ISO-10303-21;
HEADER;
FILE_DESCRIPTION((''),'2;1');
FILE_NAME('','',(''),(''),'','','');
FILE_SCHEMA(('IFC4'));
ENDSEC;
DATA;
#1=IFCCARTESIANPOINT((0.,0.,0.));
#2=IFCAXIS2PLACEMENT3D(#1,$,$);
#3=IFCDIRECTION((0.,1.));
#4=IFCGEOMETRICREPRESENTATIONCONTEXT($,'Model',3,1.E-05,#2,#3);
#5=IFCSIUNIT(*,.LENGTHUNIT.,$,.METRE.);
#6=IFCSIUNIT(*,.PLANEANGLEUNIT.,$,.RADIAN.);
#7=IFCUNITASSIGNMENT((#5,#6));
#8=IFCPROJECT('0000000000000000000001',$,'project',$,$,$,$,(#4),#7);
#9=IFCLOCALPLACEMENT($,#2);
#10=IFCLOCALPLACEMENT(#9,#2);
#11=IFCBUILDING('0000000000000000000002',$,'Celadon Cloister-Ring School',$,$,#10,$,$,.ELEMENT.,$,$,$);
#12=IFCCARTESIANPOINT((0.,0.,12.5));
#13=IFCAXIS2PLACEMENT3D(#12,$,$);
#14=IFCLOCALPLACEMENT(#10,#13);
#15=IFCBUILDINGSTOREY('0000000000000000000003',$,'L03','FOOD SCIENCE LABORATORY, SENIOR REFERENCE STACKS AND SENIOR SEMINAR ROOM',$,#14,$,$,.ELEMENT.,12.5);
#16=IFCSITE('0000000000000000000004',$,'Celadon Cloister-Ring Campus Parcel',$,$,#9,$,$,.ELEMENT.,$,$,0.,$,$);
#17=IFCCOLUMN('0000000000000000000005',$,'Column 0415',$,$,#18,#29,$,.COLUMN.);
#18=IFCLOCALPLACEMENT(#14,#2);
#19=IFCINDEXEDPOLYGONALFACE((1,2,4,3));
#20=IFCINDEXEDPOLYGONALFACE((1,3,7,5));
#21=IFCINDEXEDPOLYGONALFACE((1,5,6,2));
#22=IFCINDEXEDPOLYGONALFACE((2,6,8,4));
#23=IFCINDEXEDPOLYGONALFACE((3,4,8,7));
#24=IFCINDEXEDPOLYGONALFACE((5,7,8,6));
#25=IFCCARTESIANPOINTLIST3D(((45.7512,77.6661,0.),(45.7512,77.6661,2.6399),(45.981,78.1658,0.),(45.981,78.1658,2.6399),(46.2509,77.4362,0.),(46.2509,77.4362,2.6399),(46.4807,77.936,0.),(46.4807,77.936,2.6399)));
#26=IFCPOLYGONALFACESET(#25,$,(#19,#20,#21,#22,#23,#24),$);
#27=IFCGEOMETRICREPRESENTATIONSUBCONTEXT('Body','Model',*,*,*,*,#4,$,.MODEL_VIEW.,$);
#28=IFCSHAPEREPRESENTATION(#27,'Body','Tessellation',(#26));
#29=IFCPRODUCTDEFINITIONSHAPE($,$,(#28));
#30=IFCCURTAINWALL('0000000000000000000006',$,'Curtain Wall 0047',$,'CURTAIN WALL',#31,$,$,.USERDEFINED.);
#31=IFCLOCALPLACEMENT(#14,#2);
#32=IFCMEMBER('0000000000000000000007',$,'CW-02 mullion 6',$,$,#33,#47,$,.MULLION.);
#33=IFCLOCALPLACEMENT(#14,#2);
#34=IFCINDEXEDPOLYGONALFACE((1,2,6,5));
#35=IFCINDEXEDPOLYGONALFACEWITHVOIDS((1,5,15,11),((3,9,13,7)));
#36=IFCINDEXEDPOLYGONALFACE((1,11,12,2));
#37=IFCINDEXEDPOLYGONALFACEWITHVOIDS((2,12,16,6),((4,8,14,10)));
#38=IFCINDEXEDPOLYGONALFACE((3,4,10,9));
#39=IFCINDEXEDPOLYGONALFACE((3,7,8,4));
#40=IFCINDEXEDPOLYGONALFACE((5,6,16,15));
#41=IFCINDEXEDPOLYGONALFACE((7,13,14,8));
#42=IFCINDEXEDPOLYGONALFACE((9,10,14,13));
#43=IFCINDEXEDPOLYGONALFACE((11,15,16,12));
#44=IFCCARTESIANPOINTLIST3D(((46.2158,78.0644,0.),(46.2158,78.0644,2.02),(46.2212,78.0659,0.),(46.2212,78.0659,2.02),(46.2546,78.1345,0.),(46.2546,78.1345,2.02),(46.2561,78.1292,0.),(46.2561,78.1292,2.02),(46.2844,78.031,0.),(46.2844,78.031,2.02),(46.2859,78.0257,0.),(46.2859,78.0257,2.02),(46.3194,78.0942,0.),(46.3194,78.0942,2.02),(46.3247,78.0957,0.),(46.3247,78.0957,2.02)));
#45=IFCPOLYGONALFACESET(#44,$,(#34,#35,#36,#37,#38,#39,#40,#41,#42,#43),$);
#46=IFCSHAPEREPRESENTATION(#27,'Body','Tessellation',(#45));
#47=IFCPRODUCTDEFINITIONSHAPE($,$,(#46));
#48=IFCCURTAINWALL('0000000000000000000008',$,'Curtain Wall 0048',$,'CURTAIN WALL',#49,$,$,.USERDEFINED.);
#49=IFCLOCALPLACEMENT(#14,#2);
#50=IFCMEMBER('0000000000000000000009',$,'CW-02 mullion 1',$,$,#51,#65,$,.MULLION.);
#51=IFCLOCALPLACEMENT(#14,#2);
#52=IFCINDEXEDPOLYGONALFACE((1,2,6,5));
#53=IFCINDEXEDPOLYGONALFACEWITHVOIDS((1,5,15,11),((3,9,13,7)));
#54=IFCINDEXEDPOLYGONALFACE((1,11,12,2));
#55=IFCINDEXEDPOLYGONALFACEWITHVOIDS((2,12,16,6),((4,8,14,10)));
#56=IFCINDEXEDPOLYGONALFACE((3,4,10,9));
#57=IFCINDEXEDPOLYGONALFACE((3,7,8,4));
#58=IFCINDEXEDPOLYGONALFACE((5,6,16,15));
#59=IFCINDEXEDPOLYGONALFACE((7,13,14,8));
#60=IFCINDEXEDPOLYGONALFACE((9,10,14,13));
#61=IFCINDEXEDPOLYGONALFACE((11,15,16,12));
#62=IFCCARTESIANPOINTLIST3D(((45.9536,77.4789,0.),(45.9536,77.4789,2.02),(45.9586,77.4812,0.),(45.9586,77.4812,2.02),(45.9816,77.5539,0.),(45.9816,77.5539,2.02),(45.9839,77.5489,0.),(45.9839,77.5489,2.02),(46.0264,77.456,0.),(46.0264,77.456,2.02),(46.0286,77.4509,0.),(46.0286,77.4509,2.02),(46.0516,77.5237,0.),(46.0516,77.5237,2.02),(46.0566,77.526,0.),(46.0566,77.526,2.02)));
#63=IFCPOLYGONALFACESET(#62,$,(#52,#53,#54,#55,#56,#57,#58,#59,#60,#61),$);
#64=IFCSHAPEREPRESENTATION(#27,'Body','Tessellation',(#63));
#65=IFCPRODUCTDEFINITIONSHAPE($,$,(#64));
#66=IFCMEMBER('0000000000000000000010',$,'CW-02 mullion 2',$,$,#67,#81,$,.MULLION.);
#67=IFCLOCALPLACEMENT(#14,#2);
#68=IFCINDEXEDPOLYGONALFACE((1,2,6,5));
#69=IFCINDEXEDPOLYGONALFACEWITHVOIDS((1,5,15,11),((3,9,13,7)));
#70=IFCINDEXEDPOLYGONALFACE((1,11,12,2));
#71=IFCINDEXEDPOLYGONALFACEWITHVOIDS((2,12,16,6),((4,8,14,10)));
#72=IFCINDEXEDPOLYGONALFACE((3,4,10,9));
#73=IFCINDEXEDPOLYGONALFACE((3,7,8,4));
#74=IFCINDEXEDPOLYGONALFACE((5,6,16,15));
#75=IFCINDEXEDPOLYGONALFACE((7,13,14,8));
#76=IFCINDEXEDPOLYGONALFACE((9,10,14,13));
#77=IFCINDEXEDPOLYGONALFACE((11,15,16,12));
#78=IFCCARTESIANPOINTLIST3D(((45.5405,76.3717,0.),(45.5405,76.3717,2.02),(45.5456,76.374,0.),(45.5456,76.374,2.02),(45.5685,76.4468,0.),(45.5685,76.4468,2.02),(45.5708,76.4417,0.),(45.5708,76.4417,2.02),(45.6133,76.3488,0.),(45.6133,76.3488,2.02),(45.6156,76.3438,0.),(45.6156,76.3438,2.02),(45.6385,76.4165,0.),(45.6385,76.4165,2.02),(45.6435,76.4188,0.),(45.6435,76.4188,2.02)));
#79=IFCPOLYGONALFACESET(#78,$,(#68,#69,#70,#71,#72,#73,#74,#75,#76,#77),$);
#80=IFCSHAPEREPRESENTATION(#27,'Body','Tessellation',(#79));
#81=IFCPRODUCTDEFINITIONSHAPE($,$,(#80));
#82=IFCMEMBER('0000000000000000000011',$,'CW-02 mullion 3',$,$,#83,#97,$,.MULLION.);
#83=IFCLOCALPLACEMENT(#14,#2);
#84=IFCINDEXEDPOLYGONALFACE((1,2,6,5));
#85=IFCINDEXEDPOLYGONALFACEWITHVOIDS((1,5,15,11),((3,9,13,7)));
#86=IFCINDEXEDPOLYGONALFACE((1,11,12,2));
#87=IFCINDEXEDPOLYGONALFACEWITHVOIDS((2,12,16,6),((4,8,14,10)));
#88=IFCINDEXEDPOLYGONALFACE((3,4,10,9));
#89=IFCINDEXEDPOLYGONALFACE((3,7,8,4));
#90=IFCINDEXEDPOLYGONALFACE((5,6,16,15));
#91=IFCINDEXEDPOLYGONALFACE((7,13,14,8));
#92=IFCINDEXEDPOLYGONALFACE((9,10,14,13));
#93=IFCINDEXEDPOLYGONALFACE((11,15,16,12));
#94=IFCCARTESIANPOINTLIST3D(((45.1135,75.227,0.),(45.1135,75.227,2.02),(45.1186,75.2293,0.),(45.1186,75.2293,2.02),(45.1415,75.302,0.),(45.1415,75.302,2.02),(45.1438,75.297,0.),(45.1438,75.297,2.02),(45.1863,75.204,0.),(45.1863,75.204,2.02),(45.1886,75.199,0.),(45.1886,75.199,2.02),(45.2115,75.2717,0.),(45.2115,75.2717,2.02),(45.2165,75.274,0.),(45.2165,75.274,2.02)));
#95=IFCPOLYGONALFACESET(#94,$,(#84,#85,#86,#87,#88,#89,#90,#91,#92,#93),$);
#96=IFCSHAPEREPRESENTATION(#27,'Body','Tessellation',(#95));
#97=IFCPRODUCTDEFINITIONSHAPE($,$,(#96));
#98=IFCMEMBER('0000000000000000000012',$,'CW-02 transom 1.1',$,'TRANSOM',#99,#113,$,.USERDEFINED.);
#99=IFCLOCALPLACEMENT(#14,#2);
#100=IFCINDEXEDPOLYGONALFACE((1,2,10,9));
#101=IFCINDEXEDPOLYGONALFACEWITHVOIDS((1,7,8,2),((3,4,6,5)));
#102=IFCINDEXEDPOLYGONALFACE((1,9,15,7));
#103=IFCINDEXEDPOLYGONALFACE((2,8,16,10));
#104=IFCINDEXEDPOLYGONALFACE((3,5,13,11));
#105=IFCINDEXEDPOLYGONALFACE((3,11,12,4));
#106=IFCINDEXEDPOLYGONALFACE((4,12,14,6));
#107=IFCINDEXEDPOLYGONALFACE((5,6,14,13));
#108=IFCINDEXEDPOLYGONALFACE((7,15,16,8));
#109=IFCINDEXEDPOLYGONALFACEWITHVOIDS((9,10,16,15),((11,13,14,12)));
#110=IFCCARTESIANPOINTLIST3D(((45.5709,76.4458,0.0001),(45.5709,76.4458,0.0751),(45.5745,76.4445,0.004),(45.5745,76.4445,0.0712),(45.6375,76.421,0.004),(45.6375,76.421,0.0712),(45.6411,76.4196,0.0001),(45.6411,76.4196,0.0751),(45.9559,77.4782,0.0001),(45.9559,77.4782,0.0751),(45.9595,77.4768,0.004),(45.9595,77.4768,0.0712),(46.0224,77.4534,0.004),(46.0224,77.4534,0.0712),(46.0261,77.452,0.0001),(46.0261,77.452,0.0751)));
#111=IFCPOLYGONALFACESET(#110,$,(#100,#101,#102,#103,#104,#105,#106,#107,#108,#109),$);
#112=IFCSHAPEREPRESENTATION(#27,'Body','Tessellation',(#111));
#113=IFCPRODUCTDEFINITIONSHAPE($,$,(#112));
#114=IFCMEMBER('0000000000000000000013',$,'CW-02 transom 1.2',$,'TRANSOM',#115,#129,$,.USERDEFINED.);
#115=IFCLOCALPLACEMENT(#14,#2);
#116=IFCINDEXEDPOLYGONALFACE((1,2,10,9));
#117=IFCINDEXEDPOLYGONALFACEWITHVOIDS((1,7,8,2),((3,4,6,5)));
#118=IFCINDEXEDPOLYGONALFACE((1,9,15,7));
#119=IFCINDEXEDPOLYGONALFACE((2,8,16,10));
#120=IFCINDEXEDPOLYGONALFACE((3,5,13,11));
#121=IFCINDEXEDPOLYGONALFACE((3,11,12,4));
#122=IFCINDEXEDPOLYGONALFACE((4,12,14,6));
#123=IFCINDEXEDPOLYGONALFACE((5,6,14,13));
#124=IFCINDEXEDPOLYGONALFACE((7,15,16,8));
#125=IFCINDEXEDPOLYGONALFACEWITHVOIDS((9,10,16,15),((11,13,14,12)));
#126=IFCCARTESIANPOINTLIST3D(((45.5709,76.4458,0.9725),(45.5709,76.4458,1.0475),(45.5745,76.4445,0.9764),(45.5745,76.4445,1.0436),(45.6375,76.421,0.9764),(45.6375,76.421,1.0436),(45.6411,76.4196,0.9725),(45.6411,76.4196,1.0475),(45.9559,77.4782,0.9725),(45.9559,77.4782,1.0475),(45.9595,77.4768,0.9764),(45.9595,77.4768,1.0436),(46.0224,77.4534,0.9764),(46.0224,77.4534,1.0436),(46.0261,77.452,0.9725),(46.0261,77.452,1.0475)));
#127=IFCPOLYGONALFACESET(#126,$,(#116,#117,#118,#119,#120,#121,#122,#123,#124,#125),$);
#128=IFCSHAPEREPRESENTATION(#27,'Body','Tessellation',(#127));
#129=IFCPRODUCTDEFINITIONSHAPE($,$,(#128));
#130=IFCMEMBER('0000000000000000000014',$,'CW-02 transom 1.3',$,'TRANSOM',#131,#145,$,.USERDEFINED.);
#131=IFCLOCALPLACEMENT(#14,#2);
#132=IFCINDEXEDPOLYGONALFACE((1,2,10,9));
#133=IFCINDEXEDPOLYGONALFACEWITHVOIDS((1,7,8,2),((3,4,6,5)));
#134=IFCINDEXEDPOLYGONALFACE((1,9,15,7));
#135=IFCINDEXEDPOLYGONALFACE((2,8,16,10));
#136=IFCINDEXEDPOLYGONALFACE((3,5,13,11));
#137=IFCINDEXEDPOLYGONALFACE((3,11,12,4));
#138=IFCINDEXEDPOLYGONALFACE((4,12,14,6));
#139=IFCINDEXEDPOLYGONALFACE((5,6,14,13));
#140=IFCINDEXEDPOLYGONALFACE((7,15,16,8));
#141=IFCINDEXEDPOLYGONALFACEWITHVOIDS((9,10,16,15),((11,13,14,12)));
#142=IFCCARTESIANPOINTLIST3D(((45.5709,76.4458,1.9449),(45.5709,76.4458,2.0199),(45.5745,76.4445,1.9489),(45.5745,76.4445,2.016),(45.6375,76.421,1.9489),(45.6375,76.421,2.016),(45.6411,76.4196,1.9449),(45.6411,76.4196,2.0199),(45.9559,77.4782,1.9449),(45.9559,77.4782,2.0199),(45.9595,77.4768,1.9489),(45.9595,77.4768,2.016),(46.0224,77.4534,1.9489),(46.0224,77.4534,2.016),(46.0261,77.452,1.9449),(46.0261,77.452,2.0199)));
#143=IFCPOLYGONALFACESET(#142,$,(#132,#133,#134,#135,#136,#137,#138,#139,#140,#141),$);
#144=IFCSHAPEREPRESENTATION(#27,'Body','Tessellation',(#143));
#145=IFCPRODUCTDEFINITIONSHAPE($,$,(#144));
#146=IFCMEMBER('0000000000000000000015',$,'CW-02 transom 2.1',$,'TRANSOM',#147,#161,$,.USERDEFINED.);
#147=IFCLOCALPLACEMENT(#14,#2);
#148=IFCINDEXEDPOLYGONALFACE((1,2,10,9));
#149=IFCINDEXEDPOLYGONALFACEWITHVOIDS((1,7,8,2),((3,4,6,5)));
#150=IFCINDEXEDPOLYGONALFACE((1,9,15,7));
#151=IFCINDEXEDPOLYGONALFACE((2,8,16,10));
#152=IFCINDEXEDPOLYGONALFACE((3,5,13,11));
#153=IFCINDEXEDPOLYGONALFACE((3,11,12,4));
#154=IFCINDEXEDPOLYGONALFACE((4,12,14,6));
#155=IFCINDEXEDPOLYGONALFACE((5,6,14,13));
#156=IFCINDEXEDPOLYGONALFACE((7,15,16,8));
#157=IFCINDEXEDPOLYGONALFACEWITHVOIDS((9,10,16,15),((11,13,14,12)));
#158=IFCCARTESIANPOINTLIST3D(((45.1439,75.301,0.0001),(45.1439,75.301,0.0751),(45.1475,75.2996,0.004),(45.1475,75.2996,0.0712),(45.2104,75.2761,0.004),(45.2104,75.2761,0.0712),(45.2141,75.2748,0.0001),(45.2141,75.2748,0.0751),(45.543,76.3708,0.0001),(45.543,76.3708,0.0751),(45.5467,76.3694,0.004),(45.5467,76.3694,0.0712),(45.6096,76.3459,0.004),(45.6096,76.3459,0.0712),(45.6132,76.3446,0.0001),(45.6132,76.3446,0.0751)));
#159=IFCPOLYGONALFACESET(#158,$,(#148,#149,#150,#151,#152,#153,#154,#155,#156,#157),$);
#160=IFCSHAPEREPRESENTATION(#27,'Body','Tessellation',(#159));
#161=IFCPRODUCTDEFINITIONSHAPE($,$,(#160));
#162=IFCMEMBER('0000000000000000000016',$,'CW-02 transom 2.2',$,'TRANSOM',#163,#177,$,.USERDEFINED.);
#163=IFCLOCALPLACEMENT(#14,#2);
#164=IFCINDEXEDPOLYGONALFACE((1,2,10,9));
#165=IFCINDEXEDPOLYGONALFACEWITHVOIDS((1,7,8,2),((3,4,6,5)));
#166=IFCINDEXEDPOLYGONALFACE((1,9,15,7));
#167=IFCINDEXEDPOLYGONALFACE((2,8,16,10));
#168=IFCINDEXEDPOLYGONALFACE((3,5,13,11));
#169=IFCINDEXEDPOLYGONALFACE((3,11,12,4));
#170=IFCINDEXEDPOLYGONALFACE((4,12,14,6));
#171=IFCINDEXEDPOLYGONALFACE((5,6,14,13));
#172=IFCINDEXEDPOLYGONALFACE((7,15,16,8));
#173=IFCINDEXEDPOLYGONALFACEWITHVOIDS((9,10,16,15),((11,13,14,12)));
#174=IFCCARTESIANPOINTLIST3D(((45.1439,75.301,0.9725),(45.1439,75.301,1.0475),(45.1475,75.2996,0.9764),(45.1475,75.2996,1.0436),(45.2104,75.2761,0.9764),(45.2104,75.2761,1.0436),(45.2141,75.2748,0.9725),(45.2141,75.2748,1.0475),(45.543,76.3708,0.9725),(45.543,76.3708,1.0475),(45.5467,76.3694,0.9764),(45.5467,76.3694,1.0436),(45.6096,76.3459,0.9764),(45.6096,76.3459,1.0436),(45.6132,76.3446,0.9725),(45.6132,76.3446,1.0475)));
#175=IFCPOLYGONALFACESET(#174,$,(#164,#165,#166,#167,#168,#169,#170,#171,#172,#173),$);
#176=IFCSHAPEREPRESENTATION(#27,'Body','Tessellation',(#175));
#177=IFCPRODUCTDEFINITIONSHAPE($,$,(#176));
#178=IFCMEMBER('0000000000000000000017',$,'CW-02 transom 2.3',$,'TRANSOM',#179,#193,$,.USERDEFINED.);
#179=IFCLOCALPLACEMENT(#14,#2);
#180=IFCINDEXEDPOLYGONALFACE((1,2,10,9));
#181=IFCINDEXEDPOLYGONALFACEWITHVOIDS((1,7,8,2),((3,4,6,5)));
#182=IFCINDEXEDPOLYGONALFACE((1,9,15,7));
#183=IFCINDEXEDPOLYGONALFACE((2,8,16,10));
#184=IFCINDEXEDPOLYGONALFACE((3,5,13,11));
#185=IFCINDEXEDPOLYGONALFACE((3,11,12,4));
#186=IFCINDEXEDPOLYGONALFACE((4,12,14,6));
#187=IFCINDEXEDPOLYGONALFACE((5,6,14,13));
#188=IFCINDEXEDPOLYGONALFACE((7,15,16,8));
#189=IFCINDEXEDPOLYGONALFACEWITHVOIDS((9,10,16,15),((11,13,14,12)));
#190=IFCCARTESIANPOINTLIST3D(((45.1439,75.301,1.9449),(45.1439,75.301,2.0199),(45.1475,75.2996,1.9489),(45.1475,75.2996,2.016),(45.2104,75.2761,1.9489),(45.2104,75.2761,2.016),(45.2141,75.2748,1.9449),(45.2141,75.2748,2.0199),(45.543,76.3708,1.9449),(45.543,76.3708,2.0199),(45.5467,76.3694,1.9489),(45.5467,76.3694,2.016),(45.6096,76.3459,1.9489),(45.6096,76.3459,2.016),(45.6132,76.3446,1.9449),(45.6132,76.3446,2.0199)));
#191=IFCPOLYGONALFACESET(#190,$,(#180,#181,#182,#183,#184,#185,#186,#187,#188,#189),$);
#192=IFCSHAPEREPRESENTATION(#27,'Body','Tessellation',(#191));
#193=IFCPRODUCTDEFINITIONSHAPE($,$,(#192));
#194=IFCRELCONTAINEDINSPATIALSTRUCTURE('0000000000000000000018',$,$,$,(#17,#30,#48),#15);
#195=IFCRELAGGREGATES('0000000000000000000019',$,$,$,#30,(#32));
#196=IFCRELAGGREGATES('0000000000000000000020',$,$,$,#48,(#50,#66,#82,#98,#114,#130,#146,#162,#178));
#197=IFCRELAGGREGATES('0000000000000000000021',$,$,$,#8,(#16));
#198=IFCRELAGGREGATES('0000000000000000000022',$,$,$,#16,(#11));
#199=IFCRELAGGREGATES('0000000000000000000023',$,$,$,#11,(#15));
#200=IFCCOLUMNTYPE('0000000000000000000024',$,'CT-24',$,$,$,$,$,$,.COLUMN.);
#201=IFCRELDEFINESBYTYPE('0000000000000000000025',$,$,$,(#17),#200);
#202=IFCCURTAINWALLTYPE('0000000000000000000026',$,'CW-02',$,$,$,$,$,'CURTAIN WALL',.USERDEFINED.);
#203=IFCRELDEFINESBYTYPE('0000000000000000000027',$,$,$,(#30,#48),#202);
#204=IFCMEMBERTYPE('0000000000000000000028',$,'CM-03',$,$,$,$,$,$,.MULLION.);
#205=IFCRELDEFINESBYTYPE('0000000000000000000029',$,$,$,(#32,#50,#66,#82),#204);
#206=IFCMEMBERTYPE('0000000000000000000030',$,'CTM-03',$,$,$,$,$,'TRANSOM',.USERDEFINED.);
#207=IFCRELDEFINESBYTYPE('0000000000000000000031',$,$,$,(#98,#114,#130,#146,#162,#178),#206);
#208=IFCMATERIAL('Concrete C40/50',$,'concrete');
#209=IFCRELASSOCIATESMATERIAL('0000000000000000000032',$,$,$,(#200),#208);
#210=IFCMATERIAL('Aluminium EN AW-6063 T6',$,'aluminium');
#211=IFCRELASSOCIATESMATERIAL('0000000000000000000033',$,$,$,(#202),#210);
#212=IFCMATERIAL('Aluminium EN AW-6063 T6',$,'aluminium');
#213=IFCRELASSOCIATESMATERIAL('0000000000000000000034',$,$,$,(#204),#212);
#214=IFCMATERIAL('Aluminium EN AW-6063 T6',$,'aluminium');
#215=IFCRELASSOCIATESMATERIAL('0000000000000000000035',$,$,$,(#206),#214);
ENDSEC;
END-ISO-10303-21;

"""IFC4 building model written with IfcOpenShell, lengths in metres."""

from ifc_helpers import new_model, si_unit, direction, frame, origin, origin_2d, place, context, subcontext, project, spatial, rectangle, hollow_rectangle, extrude, material, material_profile, profile_set, type_object, element, aggregate, save


model = new_model("IFC4")

# Units and contexts
model_context = context("Model", 3, precision=1e-05, world=origin(), true_north=direction((0.0, 1.0)))
body_context = subcontext(model_context, "Body", "Model", "MODEL_VIEW")
ifc_project = project(units=[si_unit("LENGTHUNIT", "METRE"), si_unit("PLANEANGLEUNIT", "RADIAN")], contexts=[model_context])

# Site, building, storey
site_placement = place(None, origin())
site = spatial("IfcSite", under=ifc_project, at=site_placement, Name="Celadon Cloister-Ring Campus Parcel", CompositionType="ELEMENT", RefElevation=0.0)
building_placement = place(site_placement, origin())
building = spatial("IfcBuilding", under=site, at=building_placement, Name="Celadon Cloister-Ring School", CompositionType="ELEMENT")
storey_placement = place(building_placement, frame((0.0, 0.0, 12.5)))
storey = spatial("IfcBuildingStorey", under=building, at=storey_placement, Name="L03", Description="FOOD SCIENCE LABORATORY, SENIOR REFERENCE STACKS AND SENIOR SEMINAR ROOM", CompositionType="ELEMENT", Elevation=12.5)

# Column
ifc_material_1 = material(Name="Concrete C40/50", Category="concrete")
ifc_material_profile_1 = material_profile(ifc_material_1, rectangle(XDim=0.55, YDim=0.55, at=origin_2d()), Name="RC550X550")
ifc_profile_set_1 = profile_set([ifc_material_profile_1], Name="Concrete C40/50")
column_type = type_object("IfcColumnType", Name="CT-24", PredefinedType="COLUMN", material=ifc_profile_set_1)
column_placement = place(storey_placement, frame((46.116, 77.801, 0.0), z_axis=(0.0, 0.0, 1.0), x_axis=(-0.908537, 0.417804, 0.0)))
element("IfcColumn", 1, at=column_placement, inside=storey, type_object=column_type, Name="Column 0415", PredefinedType="COLUMN", context=body_context, shape_type="SweptSolid", body=[
    extrude(rectangle(XDim=0.55, YDim=0.55, at=origin_2d()), origin(), (0.0, 0.0, 1.0), 2.6399),
])

# Curtain wall, member
ifc_material_2 = material(Name="Aluminium EN AW-6063 T6", Category="aluminium")
curtain_wall_type = type_object("IfcCurtainWallType", Name="CW-02", ElementType="CURTAIN WALL", PredefinedType="USERDEFINED", material=ifc_material_2)
curtain_wall_1_placement = place(storey_placement, origin())
curtain_wall_1 = element("IfcCurtainWall", 2, at=curtain_wall_1_placement, inside=storey, type_object=curtain_wall_type, Name="Curtain Wall 0047", ObjectType="CURTAIN WALL", PredefinedType="USERDEFINED")
ifc_material_3 = material(Name="Aluminium EN AW-6063 T6", Category="aluminium")
ifc_material_profile_2 = material_profile(ifc_material_3, hollow_rectangle(XDim=0.0801, YDim=0.0801, WallThickness=0.0039, at=origin_2d()), Name="RHS80X80X4")
ifc_profile_set_2 = profile_set([ifc_material_profile_2], Name="Aluminium EN AW-6063 T6")
member_type_1 = type_object("IfcMemberType", Name="CM-03", PredefinedType="MULLION", material=ifc_profile_set_2)
member_1_placement = place(storey_placement, frame((46.2703, 78.0801, 0.0), z_axis=(0.0, 0.0, 1.0), x_axis=(0.875128, -0.483891, 0.0)))
member_1 = element("IfcMember", 3, at=member_1_placement, type_object=member_type_1, Name="CW-02 mullion 6", PredefinedType="MULLION", context=body_context, shape_type="SweptSolid", body=[
    extrude(hollow_rectangle(XDim=0.0801, YDim=0.0801, WallThickness=0.0039, at=origin_2d()), origin(), (0.0, 0.0, 1.0), 2.02),
])
aggregate(curtain_wall_1, [member_1])

# Curtain wall, members
curtain_wall_2_placement = place(storey_placement, origin())
curtain_wall_2 = element("IfcCurtainWall", 4, at=curtain_wall_2_placement, inside=storey, type_object=curtain_wall_type, Name="Curtain Wall 0048", ObjectType="CURTAIN WALL", PredefinedType="USERDEFINED")
member_2_placement = place(storey_placement, frame((46.0051, 77.5024, 0.0), z_axis=(0.0, 0.0, 1.0), x_axis=(0.936947, -0.349473, 0.0)))
member_2 = element("IfcMember", 5, at=member_2_placement, type_object=member_type_1, Name="CW-02 mullion 1", PredefinedType="MULLION", context=body_context, shape_type="SweptSolid", body=[
    extrude(hollow_rectangle(XDim=0.0801, YDim=0.0801, WallThickness=0.0039, at=origin_2d()), origin(), (0.0, 0.0, 1.0), 2.02),
])
member_3_placement = place(storey_placement, frame((45.592, 76.3953, 0.0), z_axis=(0.0, 0.0, 1.0), x_axis=(0.936947, -0.349473, 0.0)))
member_3 = element("IfcMember", 6, at=member_3_placement, type_object=member_type_1, Name="CW-02 mullion 2", PredefinedType="MULLION", context=body_context, shape_type="SweptSolid", body=[
    extrude(hollow_rectangle(XDim=0.0801, YDim=0.0801, WallThickness=0.0039, at=origin_2d()), origin(), (0.0, 0.0, 1.0), 2.02),
])
member_4_placement = place(storey_placement, frame((45.165, 75.2505, 0.0), z_axis=(0.0, 0.0, 1.0), x_axis=(0.936947, -0.349473, 0.0)))
member_4 = element("IfcMember", 7, at=member_4_placement, type_object=member_type_1, Name="CW-02 mullion 3", PredefinedType="MULLION", context=body_context, shape_type="SweptSolid", body=[
    extrude(hollow_rectangle(XDim=0.0801, YDim=0.0801, WallThickness=0.0039, at=origin_2d()), origin(), (0.0, 0.0, 1.0), 2.02),
])
ifc_material_4 = material(Name="Aluminium EN AW-6063 T6", Category="aluminium")
ifc_material_profile_3 = material_profile(ifc_material_4, hollow_rectangle(XDim=0.075, YDim=0.075, WallThickness=0.0039, at=origin_2d()), Name="RHS75X75X4")
ifc_profile_set_3 = profile_set([ifc_material_profile_3], Name="Aluminium EN AW-6063 T6")
member_type_2 = type_object("IfcMemberType", Name="CTM-03", ElementType="TRANSOM", PredefinedType="USERDEFINED", material=ifc_profile_set_3)
member_5_placement = place(storey_placement, frame((45.991, 77.4651, 0.0376), z_axis=(-0.349399, -0.936974, 0.0), x_axis=(0.936974, -0.349399, 0.0)))
member_5 = element("IfcMember", 8, at=member_5_placement, type_object=member_type_2, Name="CW-02 transom 1.1", ObjectType="TRANSOM", PredefinedType="USERDEFINED", context=body_context, shape_type="SweptSolid", body=[
    extrude(hollow_rectangle(XDim=0.075, YDim=0.075, WallThickness=0.0039, at=origin_2d()), origin(), (0.0, 0.0, 1.0), 1.1018),
])
member_6_placement = place(storey_placement, frame((45.991, 77.4651, 1.01), z_axis=(-0.349399, -0.936974, 0.0), x_axis=(0.936974, -0.349399, 0.0)))
member_6 = element("IfcMember", 9, at=member_6_placement, type_object=member_type_2, Name="CW-02 transom 1.2", ObjectType="TRANSOM", PredefinedType="USERDEFINED", context=body_context, shape_type="SweptSolid", body=[
    extrude(hollow_rectangle(XDim=0.075, YDim=0.075, WallThickness=0.0039, at=origin_2d()), origin(), (0.0, 0.0, 1.0), 1.1018),
])
member_7_placement = place(storey_placement, frame((45.991, 77.4651, 1.9824), z_axis=(-0.349399, -0.936974, 0.0), x_axis=(0.936974, -0.349399, 0.0)))
member_7 = element("IfcMember", 10, at=member_7_placement, type_object=member_type_2, Name="CW-02 transom 1.3", ObjectType="TRANSOM", PredefinedType="USERDEFINED", context=body_context, shape_type="SweptSolid", body=[
    extrude(hollow_rectangle(XDim=0.075, YDim=0.075, WallThickness=0.0039, at=origin_2d()), origin(), (0.0, 0.0, 1.0), 1.1018),
])
member_8_placement = place(storey_placement, frame((45.5781, 76.3577, 0.0376), z_axis=(-0.349577, -0.936908, 0.0), x_axis=(0.936908, -0.349577, 0.0)))
member_8 = element("IfcMember", 11, at=member_8_placement, type_object=member_type_2, Name="CW-02 transom 2.1", ObjectType="TRANSOM", PredefinedType="USERDEFINED", context=body_context, shape_type="SweptSolid", body=[
    extrude(hollow_rectangle(XDim=0.075, YDim=0.075, WallThickness=0.0039, at=origin_2d()), origin(), (0.0, 0.0, 1.0), 1.1418),
])
member_9_placement = place(storey_placement, frame((45.5781, 76.3577, 1.01), z_axis=(-0.349577, -0.936908, 0.0), x_axis=(0.936908, -0.349577, 0.0)))
member_9 = element("IfcMember", 12, at=member_9_placement, type_object=member_type_2, Name="CW-02 transom 2.2", ObjectType="TRANSOM", PredefinedType="USERDEFINED", context=body_context, shape_type="SweptSolid", body=[
    extrude(hollow_rectangle(XDim=0.075, YDim=0.075, WallThickness=0.0039, at=origin_2d()), origin(), (0.0, 0.0, 1.0), 1.1418),
])
member_10_placement = place(storey_placement, frame((45.5781, 76.3577, 1.9824), z_axis=(-0.349577, -0.936908, 0.0), x_axis=(0.936908, -0.349577, 0.0)))
member_10 = element("IfcMember", 13, at=member_10_placement, type_object=member_type_2, Name="CW-02 transom 2.3", ObjectType="TRANSOM", PredefinedType="USERDEFINED", context=body_context, shape_type="SweptSolid", body=[
    extrude(hollow_rectangle(XDim=0.075, YDim=0.075, WallThickness=0.0039, at=origin_2d()), origin(), (0.0, 0.0, 1.0), 1.1418),
])

aggregate(curtain_wall_2, [member_2, member_3, member_4, member_5, member_6, member_7, member_8, member_9, member_10])

save(model, "model.ifc")
